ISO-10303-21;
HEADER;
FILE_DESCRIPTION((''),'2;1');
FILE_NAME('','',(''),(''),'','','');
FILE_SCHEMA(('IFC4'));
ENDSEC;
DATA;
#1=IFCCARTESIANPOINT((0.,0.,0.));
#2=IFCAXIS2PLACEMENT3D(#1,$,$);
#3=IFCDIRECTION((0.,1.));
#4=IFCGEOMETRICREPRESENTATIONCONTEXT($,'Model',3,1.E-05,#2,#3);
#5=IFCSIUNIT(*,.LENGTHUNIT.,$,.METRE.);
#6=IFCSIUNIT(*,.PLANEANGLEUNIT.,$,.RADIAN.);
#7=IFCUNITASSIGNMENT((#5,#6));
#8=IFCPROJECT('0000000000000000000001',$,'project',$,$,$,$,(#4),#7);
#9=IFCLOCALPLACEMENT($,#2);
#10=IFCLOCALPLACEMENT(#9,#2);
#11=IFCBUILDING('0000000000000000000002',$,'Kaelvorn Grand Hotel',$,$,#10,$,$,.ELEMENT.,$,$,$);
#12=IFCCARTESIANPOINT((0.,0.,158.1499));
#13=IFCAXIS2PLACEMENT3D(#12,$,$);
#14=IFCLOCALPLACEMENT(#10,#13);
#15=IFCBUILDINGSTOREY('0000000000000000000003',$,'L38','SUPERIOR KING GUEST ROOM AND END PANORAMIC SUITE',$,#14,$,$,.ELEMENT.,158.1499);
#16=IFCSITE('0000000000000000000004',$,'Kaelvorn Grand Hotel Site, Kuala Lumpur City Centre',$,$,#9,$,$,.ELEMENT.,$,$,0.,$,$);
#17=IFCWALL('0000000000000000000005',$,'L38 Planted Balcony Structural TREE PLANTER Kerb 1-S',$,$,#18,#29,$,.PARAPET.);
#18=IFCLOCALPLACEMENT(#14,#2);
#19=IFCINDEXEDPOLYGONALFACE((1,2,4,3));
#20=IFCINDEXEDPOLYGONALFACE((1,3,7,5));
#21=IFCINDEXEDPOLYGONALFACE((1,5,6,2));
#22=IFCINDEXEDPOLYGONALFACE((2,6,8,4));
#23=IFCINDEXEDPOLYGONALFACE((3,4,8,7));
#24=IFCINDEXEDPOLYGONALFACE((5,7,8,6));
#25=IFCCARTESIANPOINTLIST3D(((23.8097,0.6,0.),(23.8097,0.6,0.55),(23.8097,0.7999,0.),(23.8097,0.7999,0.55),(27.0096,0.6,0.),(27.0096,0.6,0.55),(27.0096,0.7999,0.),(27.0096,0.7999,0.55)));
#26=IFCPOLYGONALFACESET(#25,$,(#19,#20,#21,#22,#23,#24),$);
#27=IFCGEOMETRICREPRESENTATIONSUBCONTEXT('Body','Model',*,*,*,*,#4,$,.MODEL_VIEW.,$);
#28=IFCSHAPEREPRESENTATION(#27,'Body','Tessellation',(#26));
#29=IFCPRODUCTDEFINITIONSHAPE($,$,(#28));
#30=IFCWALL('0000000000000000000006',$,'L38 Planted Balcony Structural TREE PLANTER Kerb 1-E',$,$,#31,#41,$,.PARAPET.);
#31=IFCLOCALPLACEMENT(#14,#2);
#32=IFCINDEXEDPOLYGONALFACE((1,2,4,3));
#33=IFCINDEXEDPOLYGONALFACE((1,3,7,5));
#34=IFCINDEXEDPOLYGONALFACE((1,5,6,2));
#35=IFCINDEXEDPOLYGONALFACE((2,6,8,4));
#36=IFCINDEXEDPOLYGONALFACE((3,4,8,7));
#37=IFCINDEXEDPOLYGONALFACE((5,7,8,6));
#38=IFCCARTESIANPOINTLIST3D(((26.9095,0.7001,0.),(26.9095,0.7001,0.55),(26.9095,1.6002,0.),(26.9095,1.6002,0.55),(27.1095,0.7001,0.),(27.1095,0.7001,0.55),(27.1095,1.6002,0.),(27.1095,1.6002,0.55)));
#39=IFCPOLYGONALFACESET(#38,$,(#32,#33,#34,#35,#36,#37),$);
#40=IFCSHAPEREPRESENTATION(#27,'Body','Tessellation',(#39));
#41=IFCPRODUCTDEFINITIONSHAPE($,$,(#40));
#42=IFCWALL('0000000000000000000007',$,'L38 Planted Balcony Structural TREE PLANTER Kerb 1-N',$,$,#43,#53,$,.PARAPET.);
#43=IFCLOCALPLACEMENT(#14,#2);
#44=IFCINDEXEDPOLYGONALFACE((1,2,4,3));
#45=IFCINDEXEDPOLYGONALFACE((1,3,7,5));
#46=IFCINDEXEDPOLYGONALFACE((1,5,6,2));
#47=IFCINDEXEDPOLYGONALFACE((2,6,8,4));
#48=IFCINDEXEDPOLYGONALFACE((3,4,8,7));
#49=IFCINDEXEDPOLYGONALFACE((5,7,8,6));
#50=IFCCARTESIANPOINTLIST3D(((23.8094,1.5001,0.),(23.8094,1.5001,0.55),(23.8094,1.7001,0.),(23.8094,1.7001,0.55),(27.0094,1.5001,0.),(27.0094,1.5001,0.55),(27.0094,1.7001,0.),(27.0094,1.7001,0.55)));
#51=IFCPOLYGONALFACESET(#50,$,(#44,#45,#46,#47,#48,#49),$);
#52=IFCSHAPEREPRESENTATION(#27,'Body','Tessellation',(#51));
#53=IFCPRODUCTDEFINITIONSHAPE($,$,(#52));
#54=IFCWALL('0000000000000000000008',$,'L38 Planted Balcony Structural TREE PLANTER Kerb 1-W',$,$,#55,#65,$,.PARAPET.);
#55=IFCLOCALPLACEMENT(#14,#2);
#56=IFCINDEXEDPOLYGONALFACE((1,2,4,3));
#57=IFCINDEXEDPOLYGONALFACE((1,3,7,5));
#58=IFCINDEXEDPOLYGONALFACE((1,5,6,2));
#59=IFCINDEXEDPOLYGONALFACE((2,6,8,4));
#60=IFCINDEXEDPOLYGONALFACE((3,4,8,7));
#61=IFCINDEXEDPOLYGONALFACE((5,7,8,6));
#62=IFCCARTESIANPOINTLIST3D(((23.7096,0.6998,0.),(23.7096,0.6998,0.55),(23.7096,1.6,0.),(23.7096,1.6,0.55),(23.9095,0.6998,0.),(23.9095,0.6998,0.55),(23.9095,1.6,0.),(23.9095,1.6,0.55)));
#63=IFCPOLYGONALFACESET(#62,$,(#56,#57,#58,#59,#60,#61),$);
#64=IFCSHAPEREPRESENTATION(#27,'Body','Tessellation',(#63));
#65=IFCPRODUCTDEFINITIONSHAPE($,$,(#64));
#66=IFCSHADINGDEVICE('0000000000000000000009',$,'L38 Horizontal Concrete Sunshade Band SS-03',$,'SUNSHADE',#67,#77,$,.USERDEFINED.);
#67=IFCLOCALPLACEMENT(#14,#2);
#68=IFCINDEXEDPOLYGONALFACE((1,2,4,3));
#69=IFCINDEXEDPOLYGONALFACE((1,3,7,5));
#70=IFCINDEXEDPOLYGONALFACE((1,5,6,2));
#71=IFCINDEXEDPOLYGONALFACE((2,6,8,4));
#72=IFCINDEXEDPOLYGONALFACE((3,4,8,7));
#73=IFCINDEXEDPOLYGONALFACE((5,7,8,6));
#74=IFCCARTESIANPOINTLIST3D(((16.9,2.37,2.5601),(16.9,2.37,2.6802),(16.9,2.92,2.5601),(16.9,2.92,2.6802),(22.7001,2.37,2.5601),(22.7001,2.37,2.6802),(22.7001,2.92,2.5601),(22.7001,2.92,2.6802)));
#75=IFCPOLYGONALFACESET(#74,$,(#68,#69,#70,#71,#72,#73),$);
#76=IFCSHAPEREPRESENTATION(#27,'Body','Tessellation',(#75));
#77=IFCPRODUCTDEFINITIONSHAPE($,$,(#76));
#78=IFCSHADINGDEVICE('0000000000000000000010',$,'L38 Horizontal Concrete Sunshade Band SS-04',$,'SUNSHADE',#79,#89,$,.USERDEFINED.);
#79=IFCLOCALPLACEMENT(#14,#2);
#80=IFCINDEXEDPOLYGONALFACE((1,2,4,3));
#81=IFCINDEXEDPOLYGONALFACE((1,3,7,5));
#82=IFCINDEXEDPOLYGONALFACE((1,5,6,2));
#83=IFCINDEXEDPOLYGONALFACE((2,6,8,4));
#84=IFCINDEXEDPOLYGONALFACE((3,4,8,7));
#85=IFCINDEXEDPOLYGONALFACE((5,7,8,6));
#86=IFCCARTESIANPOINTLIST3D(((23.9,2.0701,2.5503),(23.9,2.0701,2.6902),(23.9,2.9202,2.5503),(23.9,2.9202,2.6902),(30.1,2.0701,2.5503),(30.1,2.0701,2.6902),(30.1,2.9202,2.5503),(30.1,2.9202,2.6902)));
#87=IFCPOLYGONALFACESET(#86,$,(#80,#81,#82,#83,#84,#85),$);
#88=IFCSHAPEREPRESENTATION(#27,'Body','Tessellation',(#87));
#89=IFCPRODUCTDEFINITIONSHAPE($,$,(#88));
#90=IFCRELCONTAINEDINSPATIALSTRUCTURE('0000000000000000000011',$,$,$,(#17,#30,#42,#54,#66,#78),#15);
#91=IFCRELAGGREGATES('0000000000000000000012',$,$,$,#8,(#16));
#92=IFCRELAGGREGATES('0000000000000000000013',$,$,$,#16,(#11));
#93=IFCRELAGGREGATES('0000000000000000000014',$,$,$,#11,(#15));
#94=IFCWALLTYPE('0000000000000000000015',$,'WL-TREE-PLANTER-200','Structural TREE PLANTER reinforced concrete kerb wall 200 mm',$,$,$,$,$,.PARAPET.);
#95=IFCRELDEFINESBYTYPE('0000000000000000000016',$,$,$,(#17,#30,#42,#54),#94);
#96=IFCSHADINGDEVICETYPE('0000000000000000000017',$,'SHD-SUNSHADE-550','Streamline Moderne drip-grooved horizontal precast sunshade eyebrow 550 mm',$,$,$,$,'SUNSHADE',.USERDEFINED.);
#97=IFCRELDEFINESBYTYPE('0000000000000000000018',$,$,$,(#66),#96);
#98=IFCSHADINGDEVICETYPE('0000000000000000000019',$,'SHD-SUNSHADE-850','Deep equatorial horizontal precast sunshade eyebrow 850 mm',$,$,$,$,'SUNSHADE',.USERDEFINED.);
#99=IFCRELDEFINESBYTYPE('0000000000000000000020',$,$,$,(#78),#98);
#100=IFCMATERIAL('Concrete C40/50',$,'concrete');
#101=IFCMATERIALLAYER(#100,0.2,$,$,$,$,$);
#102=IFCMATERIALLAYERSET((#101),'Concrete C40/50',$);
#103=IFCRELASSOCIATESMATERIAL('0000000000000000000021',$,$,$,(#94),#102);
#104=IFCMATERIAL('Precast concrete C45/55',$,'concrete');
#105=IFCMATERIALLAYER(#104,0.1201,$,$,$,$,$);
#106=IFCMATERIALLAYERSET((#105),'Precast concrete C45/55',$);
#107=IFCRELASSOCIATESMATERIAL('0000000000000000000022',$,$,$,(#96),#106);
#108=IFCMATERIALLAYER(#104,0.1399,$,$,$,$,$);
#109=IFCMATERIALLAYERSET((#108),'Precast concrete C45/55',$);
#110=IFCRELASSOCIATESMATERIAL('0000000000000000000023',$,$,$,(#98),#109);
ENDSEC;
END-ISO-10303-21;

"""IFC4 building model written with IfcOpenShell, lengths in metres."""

from ifc_helpers import new_model, si_unit, direction, frame, frame_2d, origin, origin_2d, place, context, subcontext, project, spatial, rectangle, extrude, material, layer, layer_set, type_object, element, save


model = new_model("IFC4")

# Units and contexts
model_context = context("Model", 3, precision=1e-05, world=origin(), true_north=direction((0.0, 1.0)))
body_context = subcontext(model_context, "Body", "Model", "MODEL_VIEW")
ifc_project = project(units=[si_unit("LENGTHUNIT", "METRE"), si_unit("PLANEANGLEUNIT", "RADIAN")], contexts=[model_context])

# Site, building, storey
site_placement = place(None, origin())
site = spatial("IfcSite", under=ifc_project, at=site_placement, Name="Kaelvorn Grand Hotel Site, Kuala Lumpur City Centre", CompositionType="ELEMENT", RefElevation=0.0)
building_placement = place(site_placement, origin())
building = spatial("IfcBuilding", under=site, at=building_placement, Name="Kaelvorn Grand Hotel", CompositionType="ELEMENT")
storey_placement = place(building_placement, frame((0.0, 0.0, 158.1499)))
storey = spatial("IfcBuildingStorey", under=building, at=storey_placement, Name="L38", Description="SUPERIOR KING GUEST ROOM AND END PANORAMIC SUITE", CompositionType="ELEMENT", Elevation=158.1499)

# Shared definitions
ifc_material_1 = material(Name="Concrete C40/50", Category="concrete")

# Walls
ifc_layer_1 = layer(ifc_material_1, 0.2)
ifc_layer_set_1 = layer_set([ifc_layer_1], Name="Concrete C40/50")
wall_type_1 = type_object("IfcWallType", Name="WL-TREE-PLANTER-200", Description="Structural TREE PLANTER reinforced concrete kerb wall 200 mm", PredefinedType="PARAPET", material=ifc_layer_set_1)
wall_1_placement = place(storey_placement, frame((23.8096, 0.7, 0.0), z_axis=(0.0, 0.0, 1.0), x_axis=(1.0, 0.0, 0.0)))
element("IfcWall", 1, at=wall_1_placement, inside=storey, type_object=wall_type_1, Name="L38 Planted Balcony Structural TREE PLANTER Kerb 1-S", PredefinedType="PARAPET", context=body_context, shape_type="SweptSolid", body=[
    extrude(rectangle(XDim=3.2, YDim=0.2, at=frame_2d((1.6001, 0.0))), origin(), (0.0, 0.0, 1.0), 0.55),
])
wall_2_placement = place(storey_placement, frame((27.0095, 0.7, 0.0), z_axis=(0.0, 0.0, 1.0), x_axis=(0.0, 1.0, 0.0)))
element("IfcWall", 2, at=wall_2_placement, inside=storey, type_object=wall_type_1, Name="L38 Planted Balcony Structural TREE PLANTER Kerb 1-E", PredefinedType="PARAPET", context=body_context, shape_type="SweptSolid", body=[
    extrude(rectangle(XDim=0.9001, YDim=0.2, at=frame_2d((0.4502, 0.0))), origin(), (0.0, 0.0, 1.0), 0.55),
])
wall_3_placement = place(storey_placement, frame((27.0095, 1.6001, 0.0), z_axis=(0.0, 0.0, 1.0), x_axis=(-1.0, 0.0, 0.0)))
element("IfcWall", 3, at=wall_3_placement, inside=storey, type_object=wall_type_1, Name="L38 Planted Balcony Structural TREE PLANTER Kerb 1-N", PredefinedType="PARAPET", context=body_context, shape_type="SweptSolid", body=[
    extrude(rectangle(XDim=3.2, YDim=0.2, at=frame_2d((1.6001, 0.0))), origin(), (0.0, 0.0, 1.0), 0.55),
])
wall_4_placement = place(storey_placement, frame((23.8096, 1.6001, 0.0), z_axis=(0.0, 0.0, 1.0), x_axis=(0.0, -1.0, 0.0)))
element("IfcWall", 4, at=wall_4_placement, inside=storey, type_object=wall_type_1, Name="L38 Planted Balcony Structural TREE PLANTER Kerb 1-W", PredefinedType="PARAPET", context=body_context, shape_type="SweptSolid", body=[
    extrude(rectangle(XDim=0.9001, YDim=0.2, at=frame_2d((0.4502, 0.0))), origin(), (0.0, 0.0, 1.0), 0.55),
])

# Shading devices
ifc_material_2 = material(Name="Precast concrete C45/55", Category="concrete")
ifc_layer_2 = layer(ifc_material_2, 0.1201)
ifc_layer_set_2 = layer_set([ifc_layer_2], Name="Precast concrete C45/55")
shading_device_type_1 = type_object("IfcShadingDeviceType", Name="SHD-SUNSHADE-550", Description="Streamline Moderne drip-grooved horizontal precast sunshade eyebrow 550 mm", ElementType="SUNSHADE", PredefinedType="USERDEFINED", material=ifc_layer_set_2)
shading_device_1_placement = place(storey_placement, frame((19.8, 2.645, 2.5601), z_axis=(0.0, 0.0, 1.0), x_axis=(1.0, 0.0, 0.0)))
element("IfcShadingDevice", 5, at=shading_device_1_placement, inside=storey, type_object=shading_device_type_1, Name="L38 Horizontal Concrete Sunshade Band SS-03", ObjectType="SUNSHADE", PredefinedType="USERDEFINED", context=body_context, shape_type="SweptSolid", body=[
    extrude(rectangle(XDim=5.8, YDim=0.55, at=origin_2d()), origin(), (0.0, 0.0, 1.0), 0.1201),
])
ifc_layer_3 = layer(ifc_material_2, 0.1399)
ifc_layer_set_3 = layer_set([ifc_layer_3], Name="Precast concrete C45/55")
shading_device_type_2 = type_object("IfcShadingDeviceType", Name="SHD-SUNSHADE-850", Description="Deep equatorial horizontal precast sunshade eyebrow 850 mm", ElementType="SUNSHADE", PredefinedType="USERDEFINED", material=ifc_layer_set_3)
shading_device_2_placement = place(storey_placement, frame((27.0, 2.4951, 2.5503), z_axis=(0.0, 0.0, 1.0), x_axis=(1.0, 0.0, 0.0)))
element("IfcShadingDevice", 6, at=shading_device_2_placement, inside=storey, type_object=shading_device_type_2, Name="L38 Horizontal Concrete Sunshade Band SS-04", ObjectType="SUNSHADE", PredefinedType="USERDEFINED", context=body_context, shape_type="SweptSolid", body=[
    extrude(rectangle(XDim=6.2, YDim=0.8501, at=origin_2d()), origin(), (0.0, 0.0, 1.0), 0.1399),
])

save(model, "model.ifc")
